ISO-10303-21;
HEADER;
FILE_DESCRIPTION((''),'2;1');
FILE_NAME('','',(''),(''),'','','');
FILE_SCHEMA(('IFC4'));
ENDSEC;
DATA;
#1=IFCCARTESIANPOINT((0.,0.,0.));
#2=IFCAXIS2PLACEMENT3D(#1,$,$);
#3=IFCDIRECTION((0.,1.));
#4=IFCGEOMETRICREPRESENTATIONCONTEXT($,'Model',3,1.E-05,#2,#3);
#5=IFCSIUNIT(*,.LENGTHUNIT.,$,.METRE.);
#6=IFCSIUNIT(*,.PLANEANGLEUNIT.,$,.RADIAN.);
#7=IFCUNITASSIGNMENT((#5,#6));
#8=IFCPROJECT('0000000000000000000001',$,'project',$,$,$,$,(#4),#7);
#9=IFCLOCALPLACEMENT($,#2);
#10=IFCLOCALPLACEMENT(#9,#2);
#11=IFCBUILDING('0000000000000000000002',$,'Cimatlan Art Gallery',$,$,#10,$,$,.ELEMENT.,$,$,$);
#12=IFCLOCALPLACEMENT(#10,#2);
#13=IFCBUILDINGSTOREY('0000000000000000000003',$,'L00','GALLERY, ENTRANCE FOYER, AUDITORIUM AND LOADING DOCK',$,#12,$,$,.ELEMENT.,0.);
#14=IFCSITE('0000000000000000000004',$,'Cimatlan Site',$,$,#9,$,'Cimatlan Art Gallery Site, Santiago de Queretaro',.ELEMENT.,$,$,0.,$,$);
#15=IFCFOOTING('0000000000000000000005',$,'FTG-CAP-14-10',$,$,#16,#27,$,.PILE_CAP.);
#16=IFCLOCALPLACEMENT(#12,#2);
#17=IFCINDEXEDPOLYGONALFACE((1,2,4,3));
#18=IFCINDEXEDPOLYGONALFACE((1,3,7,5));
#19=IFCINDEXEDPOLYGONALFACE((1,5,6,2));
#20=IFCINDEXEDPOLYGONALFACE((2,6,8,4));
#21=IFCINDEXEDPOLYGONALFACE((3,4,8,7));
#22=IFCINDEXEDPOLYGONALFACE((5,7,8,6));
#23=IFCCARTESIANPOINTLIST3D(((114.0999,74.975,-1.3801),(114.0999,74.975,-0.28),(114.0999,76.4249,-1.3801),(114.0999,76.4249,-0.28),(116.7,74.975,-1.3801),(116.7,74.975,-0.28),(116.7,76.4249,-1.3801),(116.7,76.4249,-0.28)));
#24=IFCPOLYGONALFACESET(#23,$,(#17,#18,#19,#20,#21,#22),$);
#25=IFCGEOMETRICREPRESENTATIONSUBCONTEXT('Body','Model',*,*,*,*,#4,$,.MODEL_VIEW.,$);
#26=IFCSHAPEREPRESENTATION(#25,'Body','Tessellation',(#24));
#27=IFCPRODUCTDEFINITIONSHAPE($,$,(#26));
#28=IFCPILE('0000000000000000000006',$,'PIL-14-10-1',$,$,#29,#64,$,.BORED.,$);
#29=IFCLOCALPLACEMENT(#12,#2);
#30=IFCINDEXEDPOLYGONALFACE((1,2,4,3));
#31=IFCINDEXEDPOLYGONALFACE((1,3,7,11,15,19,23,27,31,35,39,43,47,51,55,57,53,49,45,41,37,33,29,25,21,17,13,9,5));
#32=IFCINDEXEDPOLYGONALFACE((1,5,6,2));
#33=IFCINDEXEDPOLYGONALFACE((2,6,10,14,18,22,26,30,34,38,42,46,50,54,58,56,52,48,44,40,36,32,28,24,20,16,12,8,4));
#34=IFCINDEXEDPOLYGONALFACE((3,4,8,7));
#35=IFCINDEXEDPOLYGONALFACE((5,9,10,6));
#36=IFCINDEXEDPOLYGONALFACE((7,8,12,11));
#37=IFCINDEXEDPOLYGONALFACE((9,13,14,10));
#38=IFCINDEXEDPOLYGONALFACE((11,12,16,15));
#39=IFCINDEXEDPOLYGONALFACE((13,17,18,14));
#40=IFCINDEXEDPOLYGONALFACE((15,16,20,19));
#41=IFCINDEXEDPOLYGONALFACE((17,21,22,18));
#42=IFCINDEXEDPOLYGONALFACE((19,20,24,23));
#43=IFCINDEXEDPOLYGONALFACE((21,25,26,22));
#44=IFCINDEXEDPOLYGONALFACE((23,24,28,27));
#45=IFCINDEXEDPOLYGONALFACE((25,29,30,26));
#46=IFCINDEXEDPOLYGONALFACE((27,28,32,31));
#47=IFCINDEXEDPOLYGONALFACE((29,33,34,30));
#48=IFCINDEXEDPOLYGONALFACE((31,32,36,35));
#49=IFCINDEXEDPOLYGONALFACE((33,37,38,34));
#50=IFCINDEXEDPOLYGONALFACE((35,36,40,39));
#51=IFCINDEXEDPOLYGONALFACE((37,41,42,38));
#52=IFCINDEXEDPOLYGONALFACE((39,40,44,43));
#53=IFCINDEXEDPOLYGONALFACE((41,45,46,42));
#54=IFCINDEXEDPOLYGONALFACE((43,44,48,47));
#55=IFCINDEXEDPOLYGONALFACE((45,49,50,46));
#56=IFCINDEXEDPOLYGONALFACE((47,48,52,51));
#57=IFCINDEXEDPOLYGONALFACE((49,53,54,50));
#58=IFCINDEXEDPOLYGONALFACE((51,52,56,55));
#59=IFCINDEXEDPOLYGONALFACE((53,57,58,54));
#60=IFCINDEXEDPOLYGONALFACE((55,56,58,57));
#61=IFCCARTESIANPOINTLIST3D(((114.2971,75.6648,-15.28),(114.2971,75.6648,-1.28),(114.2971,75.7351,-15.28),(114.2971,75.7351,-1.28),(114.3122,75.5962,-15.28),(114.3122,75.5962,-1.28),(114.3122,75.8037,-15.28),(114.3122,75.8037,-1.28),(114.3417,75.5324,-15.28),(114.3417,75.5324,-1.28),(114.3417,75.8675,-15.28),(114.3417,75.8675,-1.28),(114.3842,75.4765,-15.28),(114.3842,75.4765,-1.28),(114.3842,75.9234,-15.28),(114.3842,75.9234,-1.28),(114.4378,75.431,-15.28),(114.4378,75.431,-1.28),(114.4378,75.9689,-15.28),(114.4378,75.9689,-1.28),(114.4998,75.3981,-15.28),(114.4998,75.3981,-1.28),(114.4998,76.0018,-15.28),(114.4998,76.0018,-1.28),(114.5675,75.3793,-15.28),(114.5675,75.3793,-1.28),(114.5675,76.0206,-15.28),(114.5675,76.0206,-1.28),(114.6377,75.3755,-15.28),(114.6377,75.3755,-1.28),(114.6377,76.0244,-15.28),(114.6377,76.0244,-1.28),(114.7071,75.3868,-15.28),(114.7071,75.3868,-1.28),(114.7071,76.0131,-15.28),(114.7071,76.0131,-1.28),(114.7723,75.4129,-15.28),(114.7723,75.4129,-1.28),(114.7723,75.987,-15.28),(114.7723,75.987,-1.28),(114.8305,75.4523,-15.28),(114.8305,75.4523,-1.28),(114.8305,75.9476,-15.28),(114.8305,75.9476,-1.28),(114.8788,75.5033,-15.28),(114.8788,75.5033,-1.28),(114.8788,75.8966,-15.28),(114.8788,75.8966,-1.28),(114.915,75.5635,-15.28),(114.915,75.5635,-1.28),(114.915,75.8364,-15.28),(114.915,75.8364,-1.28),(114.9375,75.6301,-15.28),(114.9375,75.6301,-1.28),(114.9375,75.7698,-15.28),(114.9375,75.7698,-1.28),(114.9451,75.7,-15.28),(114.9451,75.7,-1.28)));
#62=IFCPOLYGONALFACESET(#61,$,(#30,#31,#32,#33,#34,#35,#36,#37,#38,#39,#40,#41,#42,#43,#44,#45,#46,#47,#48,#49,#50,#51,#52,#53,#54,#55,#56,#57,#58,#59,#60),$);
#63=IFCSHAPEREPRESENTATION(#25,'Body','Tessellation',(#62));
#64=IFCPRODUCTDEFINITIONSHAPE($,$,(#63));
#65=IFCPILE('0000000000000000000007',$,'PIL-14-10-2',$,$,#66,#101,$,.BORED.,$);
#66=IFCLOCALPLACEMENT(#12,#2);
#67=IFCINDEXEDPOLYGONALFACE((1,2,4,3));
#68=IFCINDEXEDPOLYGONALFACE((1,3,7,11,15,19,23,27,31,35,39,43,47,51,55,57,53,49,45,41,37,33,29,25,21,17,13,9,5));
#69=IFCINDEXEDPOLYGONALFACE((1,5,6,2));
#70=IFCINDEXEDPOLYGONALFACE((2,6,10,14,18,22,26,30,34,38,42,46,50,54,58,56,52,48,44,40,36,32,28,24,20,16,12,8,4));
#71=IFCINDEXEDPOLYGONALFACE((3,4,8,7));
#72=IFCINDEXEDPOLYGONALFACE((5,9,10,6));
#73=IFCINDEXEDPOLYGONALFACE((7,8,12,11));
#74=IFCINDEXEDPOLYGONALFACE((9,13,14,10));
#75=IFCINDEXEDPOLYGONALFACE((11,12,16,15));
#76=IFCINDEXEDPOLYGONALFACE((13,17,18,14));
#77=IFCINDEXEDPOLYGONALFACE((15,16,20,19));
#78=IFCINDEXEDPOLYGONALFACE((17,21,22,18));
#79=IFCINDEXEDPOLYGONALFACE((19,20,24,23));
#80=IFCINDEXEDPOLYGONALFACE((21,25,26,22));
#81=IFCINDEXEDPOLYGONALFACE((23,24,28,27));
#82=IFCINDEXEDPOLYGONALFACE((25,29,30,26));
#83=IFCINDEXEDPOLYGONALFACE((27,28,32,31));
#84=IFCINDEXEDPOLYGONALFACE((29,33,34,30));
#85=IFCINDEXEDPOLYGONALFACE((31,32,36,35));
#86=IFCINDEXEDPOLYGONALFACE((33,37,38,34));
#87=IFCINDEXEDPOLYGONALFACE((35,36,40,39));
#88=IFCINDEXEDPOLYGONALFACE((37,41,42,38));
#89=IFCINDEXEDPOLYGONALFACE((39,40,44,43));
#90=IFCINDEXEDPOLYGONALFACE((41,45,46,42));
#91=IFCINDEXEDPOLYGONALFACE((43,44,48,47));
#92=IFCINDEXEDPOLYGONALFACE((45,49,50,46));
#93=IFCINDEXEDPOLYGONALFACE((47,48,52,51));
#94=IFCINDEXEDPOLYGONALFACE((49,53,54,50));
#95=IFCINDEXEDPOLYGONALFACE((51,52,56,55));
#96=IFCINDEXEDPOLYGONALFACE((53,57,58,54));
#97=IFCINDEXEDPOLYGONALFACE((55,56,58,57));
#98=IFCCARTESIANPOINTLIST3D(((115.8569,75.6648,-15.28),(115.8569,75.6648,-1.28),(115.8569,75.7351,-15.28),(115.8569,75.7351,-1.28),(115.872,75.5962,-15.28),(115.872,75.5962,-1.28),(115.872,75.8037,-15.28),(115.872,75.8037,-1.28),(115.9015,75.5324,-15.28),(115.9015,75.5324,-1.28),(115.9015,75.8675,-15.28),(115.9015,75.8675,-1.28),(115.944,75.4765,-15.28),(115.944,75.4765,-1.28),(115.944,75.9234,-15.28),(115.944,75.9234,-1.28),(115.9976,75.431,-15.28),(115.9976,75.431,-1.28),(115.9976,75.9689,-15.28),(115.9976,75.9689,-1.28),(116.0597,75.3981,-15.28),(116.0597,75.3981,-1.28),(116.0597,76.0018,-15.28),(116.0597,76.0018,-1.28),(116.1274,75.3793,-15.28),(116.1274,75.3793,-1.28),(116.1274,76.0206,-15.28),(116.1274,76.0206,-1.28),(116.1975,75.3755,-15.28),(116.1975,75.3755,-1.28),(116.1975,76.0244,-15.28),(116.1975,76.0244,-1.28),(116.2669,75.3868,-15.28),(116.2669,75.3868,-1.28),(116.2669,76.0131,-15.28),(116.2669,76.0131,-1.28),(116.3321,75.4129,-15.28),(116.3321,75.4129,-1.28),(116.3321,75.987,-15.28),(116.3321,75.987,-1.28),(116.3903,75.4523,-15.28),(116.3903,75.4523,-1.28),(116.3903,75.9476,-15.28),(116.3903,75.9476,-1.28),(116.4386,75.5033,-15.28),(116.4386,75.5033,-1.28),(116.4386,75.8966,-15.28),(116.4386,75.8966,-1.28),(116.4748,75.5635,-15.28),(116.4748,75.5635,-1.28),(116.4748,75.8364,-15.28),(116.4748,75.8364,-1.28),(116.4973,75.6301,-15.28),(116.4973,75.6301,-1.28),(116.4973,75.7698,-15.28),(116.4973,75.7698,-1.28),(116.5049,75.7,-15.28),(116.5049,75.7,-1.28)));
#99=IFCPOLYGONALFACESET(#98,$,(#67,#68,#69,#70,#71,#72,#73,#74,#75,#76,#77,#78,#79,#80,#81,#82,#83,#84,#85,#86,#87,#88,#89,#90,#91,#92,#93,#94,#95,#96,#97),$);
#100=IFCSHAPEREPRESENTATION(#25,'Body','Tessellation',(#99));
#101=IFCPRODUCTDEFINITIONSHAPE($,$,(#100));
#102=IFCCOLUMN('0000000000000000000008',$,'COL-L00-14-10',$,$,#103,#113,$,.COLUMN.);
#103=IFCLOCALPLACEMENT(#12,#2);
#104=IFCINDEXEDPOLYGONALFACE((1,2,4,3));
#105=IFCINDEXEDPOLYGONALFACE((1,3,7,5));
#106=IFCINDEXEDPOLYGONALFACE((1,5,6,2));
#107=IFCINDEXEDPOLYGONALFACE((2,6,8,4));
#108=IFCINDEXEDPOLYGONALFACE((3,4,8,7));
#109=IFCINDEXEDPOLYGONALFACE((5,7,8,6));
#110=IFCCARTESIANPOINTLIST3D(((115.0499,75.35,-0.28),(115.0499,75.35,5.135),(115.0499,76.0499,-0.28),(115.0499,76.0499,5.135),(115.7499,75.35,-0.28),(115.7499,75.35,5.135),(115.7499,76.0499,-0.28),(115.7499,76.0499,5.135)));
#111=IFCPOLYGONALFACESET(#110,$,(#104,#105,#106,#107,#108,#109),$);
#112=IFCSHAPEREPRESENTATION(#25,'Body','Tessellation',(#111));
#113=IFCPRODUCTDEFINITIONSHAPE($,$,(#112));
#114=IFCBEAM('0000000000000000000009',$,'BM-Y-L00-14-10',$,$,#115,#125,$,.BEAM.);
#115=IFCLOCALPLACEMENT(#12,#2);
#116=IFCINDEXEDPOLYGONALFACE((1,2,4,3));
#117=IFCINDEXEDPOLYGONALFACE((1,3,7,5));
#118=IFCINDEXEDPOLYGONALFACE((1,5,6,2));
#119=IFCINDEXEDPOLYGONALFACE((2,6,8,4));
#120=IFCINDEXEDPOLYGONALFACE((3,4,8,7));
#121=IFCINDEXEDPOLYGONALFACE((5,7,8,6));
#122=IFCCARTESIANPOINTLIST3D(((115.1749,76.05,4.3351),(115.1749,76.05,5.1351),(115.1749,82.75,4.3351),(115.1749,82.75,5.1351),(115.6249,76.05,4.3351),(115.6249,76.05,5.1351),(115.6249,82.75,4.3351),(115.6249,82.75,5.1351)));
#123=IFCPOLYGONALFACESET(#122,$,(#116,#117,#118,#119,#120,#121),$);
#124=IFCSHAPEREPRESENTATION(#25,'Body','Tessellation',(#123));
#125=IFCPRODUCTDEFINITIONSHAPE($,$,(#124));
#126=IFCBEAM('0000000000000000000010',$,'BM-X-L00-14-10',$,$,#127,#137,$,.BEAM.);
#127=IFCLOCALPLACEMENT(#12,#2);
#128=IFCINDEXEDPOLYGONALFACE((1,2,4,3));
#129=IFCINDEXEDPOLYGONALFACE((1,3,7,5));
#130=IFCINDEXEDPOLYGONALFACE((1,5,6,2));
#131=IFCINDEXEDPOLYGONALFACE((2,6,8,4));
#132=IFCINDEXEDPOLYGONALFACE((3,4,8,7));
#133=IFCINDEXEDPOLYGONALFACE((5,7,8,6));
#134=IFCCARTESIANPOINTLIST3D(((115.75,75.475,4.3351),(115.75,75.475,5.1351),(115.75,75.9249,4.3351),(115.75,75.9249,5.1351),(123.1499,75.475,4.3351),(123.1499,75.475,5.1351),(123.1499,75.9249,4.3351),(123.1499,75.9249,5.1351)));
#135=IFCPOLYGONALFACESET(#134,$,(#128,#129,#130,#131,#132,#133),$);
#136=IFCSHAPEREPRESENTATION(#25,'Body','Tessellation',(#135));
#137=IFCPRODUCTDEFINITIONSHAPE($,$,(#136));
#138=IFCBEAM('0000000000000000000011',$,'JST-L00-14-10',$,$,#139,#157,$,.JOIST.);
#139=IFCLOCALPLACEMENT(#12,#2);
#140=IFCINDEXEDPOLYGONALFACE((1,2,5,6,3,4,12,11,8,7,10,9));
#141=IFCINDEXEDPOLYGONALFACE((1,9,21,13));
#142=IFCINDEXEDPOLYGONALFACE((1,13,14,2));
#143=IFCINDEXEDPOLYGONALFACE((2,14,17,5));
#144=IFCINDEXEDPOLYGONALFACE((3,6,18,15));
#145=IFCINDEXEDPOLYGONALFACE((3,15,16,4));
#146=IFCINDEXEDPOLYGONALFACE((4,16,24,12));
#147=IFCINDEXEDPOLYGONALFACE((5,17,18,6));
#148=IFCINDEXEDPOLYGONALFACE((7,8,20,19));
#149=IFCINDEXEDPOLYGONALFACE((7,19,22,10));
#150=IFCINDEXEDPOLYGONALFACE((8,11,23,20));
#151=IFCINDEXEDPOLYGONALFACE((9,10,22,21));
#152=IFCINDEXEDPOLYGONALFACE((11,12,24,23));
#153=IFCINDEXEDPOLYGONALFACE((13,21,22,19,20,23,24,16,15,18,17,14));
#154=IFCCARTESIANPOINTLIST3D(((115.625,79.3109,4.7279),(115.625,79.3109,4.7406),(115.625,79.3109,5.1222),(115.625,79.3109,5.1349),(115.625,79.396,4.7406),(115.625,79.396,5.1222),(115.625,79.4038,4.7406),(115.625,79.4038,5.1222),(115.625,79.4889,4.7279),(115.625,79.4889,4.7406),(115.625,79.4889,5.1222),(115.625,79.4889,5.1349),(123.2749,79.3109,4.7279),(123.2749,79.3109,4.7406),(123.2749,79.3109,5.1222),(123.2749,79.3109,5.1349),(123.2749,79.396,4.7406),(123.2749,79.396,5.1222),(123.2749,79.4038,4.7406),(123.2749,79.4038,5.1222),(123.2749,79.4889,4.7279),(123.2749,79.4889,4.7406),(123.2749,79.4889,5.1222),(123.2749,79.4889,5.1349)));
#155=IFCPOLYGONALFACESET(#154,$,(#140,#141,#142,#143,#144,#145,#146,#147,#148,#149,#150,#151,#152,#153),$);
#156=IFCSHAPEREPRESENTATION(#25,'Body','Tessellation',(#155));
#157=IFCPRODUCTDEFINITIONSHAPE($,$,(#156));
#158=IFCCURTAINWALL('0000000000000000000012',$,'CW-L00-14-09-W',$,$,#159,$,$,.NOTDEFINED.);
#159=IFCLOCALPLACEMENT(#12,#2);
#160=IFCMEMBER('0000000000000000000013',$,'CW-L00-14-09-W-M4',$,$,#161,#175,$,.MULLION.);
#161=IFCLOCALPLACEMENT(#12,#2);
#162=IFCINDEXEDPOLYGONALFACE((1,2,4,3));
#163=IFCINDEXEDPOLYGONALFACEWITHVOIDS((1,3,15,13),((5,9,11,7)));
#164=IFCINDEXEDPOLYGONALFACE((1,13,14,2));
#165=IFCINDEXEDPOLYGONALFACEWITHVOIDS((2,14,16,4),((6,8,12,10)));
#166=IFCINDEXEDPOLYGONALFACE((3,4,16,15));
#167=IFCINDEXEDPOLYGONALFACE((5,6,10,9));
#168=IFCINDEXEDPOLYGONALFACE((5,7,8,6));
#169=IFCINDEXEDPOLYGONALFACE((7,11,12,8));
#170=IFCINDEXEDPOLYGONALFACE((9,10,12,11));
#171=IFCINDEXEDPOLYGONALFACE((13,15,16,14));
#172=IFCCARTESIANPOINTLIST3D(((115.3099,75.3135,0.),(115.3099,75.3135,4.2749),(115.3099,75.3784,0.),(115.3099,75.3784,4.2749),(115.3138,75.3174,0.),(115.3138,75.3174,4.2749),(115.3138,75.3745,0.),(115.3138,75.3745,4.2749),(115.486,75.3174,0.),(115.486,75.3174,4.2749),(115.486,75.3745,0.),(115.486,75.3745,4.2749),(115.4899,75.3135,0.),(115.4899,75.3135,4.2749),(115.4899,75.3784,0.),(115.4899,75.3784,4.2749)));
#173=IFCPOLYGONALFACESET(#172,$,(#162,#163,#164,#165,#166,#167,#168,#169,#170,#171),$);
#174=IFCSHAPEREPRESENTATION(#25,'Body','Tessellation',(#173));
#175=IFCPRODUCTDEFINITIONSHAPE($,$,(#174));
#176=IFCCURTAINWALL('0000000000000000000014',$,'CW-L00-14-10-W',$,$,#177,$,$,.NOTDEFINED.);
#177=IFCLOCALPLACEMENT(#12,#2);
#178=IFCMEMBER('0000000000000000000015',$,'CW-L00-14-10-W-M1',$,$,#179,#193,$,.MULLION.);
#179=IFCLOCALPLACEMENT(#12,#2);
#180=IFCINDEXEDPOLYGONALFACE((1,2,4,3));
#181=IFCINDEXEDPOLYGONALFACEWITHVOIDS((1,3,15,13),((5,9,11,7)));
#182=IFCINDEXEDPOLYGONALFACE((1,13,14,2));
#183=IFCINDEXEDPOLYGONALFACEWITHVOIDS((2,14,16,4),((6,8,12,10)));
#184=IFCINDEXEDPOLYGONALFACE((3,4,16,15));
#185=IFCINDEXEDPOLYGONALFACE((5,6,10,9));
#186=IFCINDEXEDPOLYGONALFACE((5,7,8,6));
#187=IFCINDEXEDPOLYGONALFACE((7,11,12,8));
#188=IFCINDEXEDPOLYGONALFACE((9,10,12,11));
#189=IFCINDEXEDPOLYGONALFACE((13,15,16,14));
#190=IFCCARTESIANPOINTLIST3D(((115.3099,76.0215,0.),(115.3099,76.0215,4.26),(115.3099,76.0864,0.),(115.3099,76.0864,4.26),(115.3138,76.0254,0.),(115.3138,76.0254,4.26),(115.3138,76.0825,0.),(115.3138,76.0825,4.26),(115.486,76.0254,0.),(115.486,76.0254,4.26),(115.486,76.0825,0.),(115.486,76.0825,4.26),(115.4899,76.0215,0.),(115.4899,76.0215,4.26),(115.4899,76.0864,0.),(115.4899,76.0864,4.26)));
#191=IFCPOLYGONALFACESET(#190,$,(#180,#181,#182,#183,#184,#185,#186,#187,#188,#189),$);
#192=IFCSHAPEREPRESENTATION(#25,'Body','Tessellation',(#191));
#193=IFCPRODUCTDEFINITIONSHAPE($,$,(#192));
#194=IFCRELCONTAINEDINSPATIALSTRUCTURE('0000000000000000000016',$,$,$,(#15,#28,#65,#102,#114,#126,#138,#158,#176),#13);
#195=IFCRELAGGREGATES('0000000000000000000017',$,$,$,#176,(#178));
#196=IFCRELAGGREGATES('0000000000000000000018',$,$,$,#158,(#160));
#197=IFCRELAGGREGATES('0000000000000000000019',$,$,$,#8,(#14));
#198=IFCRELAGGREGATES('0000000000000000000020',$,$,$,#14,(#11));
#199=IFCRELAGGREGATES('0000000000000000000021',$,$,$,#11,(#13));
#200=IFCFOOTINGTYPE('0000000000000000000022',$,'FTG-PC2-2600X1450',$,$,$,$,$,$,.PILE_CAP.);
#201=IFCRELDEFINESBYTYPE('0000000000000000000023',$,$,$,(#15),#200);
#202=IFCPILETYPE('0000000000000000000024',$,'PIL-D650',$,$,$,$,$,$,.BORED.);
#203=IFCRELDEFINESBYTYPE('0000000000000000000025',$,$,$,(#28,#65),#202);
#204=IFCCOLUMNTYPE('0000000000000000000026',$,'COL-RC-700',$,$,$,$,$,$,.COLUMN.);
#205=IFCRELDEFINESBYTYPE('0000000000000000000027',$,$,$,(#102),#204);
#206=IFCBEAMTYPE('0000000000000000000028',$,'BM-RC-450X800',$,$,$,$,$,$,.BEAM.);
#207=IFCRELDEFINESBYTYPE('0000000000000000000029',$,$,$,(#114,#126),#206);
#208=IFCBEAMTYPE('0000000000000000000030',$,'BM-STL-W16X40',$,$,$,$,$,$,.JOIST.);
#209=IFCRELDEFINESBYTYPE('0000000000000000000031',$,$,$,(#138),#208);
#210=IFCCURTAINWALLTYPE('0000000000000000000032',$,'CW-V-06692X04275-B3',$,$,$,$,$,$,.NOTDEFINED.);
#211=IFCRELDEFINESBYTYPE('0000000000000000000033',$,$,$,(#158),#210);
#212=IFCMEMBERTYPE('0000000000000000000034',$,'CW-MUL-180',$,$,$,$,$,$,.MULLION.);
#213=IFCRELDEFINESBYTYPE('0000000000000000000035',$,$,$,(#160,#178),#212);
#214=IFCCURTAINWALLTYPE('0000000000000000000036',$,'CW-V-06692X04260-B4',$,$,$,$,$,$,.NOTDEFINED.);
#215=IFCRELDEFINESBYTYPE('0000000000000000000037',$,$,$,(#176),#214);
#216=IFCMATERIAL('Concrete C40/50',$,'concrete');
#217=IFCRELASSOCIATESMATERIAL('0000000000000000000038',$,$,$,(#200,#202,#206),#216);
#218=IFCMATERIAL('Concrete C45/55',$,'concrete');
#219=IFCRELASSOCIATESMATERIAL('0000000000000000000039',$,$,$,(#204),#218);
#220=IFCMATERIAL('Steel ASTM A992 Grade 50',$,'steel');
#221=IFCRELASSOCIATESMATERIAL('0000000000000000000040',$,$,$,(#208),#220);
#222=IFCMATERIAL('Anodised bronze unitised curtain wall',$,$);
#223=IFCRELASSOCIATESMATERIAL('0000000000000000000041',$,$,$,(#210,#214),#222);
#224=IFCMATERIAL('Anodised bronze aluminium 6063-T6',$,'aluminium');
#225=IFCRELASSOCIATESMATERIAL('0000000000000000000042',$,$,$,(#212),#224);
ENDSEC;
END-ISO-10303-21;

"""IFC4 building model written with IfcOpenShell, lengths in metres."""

from ifc_helpers import new_model, si_unit, direction, frame, origin, origin_2d, place, context, subcontext, project, spatial, rectangle, hollow_rectangle, circle, i_section, extrude, material, material_profile, profile_set, type_object, element, aggregate, save


model = new_model("IFC4")

# Units and contexts
model_context = context("Model", 3, precision=1e-05, world=origin(), true_north=direction((0.0, 1.0)))
body_context = subcontext(model_context, "Body", "Model", "MODEL_VIEW")
ifc_project = project(units=[si_unit("LENGTHUNIT", "METRE"), si_unit("PLANEANGLEUNIT", "RADIAN")], contexts=[model_context])

# Site, building, storey
site_placement = place(None, origin())
site = spatial("IfcSite", under=ifc_project, at=site_placement, Name="Cimatlan Site", LongName="Cimatlan Art Gallery Site, Santiago de Queretaro", CompositionType="ELEMENT", RefElevation=0.0)
building_placement = place(site_placement, origin())
building = spatial("IfcBuilding", under=site, at=building_placement, Name="Cimatlan Art Gallery", CompositionType="ELEMENT")
storey_placement = place(building_placement, origin())
storey = spatial("IfcBuildingStorey", under=building, at=storey_placement, Name="L00", Description="GALLERY, ENTRANCE FOYER, AUDITORIUM AND LOADING DOCK", CompositionType="ELEMENT", Elevation=0.0)

# Footing
ifc_material_1 = material(Name="Concrete C40/50", Category="concrete")
footing_type = type_object("IfcFootingType", Name="FTG-PC2-2600X1450", PredefinedType="PILE_CAP", material=ifc_material_1)
footing_placement = place(storey_placement, frame((115.3999, 75.7, -1.3801), z_axis=(0.0, 0.0, 1.0), x_axis=(1.0, 0.0, 0.0)))
element("IfcFooting", 1, at=footing_placement, inside=storey, type_object=footing_type, Name="FTG-CAP-14-10", PredefinedType="PILE_CAP", context=body_context, shape_type="SweptSolid", body=[
    extrude(rectangle(XDim=2.6001, YDim=1.45, at=origin_2d()), origin(), (0.0, 0.0, 1.0), 1.1001),
])

# Piles
pile_type = type_object("IfcPileType", Name="PIL-D650", PredefinedType="BORED", material=ifc_material_1)
for number, where, z_axis, x_axis, name in (
    (2, (114.6201, 75.7, -1.28), (0.0, 0.0, -1.0), (1.0, 0.0, 0.0), "PIL-14-10-1"),
    (3, (116.1799, 75.7, -1.28), (0.0, 0.0, -1.0), (1.0, 0.0, 0.0), "PIL-14-10-2"),
):
    element("IfcPile", number, at=place(storey_placement, frame(where, z_axis=z_axis, x_axis=x_axis)), inside=storey, type_object=pile_type, Name=name, PredefinedType="BORED", context=body_context, shape_type="SweptSolid", body=[
        extrude(circle(Radius=0.325, at=origin_2d()), origin(), (0.0, 0.0, 1.0), 14.0),
    ])

# Column
ifc_material_2 = material(Name="Concrete C45/55", Category="concrete")
ifc_material_profile_1 = material_profile(ifc_material_2, rectangle(XDim=0.7, YDim=0.7, at=origin_2d()), Name="RC700X700")
ifc_profile_set_1 = profile_set([ifc_material_profile_1], Name="Concrete C45/55")
column_type = type_object("IfcColumnType", Name="COL-RC-700", PredefinedType="COLUMN", material=ifc_profile_set_1)
column_placement = place(storey_placement, frame((115.3999, 75.7, -0.28), z_axis=(0.0, 0.0, 1.0), x_axis=(1.0, 0.0, 0.0)))
element("IfcColumn", 4, at=column_placement, inside=storey, type_object=column_type, Name="COL-L00-14-10", PredefinedType="COLUMN", context=body_context, shape_type="SweptSolid", body=[
    extrude(rectangle(XDim=0.7, YDim=0.7, at=origin_2d()), origin(), (0.0, 0.0, 1.0), 5.415),
])

# Beams
ifc_material_profile_2 = material_profile(ifc_material_1, rectangle(XDim=0.45, YDim=0.8, at=origin_2d()), Name="RC450X800")
ifc_profile_set_2 = profile_set([ifc_material_profile_2], Name="Concrete C40/50")
beam_type_1 = type_object("IfcBeamType", Name="BM-RC-450X800", PredefinedType="BEAM", material=ifc_profile_set_2)
beam_1_placement = place(storey_placement, frame((115.3999, 76.05, 4.7351), z_axis=(0.0, 1.0, 0.0), x_axis=(-1.0, 0.0, 0.0)))
element("IfcBeam", 5, at=beam_1_placement, inside=storey, type_object=beam_type_1, Name="BM-Y-L00-14-10", PredefinedType="BEAM", context=body_context, shape_type="SweptSolid", body=[
    extrude(rectangle(XDim=0.45, YDim=0.8, at=origin_2d()), origin(), (0.0, 0.0, 1.0), 6.7),
])
beam_2_placement = place(storey_placement, frame((115.75, 75.7, 4.7351), z_axis=(1.0, 0.0, 0.0), x_axis=(0.0, 1.0, 0.0)))
element("IfcBeam", 6, at=beam_2_placement, inside=storey, type_object=beam_type_1, Name="BM-X-L00-14-10", PredefinedType="BEAM", context=body_context, shape_type="SweptSolid", body=[
    extrude(rectangle(XDim=0.45, YDim=0.8, at=origin_2d()), origin(), (0.0, 0.0, 1.0), 7.3999),
])
ifc_material_3 = material(Name="Steel ASTM A992 Grade 50", Category="steel")
ifc_material_profile_3 = material_profile(ifc_material_3, i_section(OverallWidth=0.178, OverallDepth=0.407, WebThickness=0.0078, FlangeThickness=0.0127, at=origin_2d()), Name="W16X40")
ifc_profile_set_3 = profile_set([ifc_material_profile_3], Name="Steel ASTM A992 Grade 50")
beam_type_2 = type_object("IfcBeamType", Name="BM-STL-W16X40", PredefinedType="JOIST", material=ifc_profile_set_3)
beam_3_placement = place(storey_placement, frame((115.625, 79.3999, 4.9314), z_axis=(1.0, 0.0, 0.0), x_axis=(0.0, 1.0, 0.0)))
element("IfcBeam", 7, at=beam_3_placement, inside=storey, type_object=beam_type_2, Name="JST-L00-14-10", PredefinedType="JOIST", context=body_context, shape_type="SweptSolid", body=[
    extrude(i_section(OverallWidth=0.178, OverallDepth=0.407, WebThickness=0.0078, FlangeThickness=0.0127, at=origin_2d()), origin(), (0.0, 0.0, 1.0), 7.6499),
])

# Curtain wall, member
ifc_material_4 = material(Name="Anodised bronze unitised curtain wall")
curtain_wall_type_1 = type_object("IfcCurtainWallType", Name="CW-V-06692X04275-B3", PredefinedType="NOTDEFINED", material=ifc_material_4)
curtain_wall_1_placement = place(storey_placement, origin())
curtain_wall_1 = element("IfcCurtainWall", 8, at=curtain_wall_1_placement, inside=storey, type_object=curtain_wall_type_1, Name="CW-L00-14-09-W", PredefinedType="NOTDEFINED")
ifc_material_5 = material(Name="Anodised bronze aluminium 6063-T6", Category="aluminium")
ifc_material_profile_4 = material_profile(ifc_material_5, hollow_rectangle(XDim=0.0649, YDim=0.1799, WallThickness=0.0039, at=origin_2d()), Name="ALU65X180X4")
ifc_profile_set_4 = profile_set([ifc_material_profile_4], Name="Anodised bronze aluminium 6063-T6")
member_type_1 = type_object("IfcMemberType", Name="CW-MUL-180", PredefinedType="MULLION", material=ifc_profile_set_4)
member_1_placement = place(storey_placement, frame((115.3999, 75.3459, 0.0), z_axis=(0.0, 0.0, 1.0), x_axis=(0.0, 1.0, 0.0)))
member_1 = element("IfcMember", 9, at=member_1_placement, type_object=member_type_1, Name="CW-L00-14-09-W-M4", PredefinedType="MULLION", context=body_context, shape_type="SweptSolid", body=[
    extrude(hollow_rectangle(XDim=0.0649, YDim=0.1799, WallThickness=0.0039, at=origin_2d()), origin(), (0.0, 0.0, 1.0), 4.2749),
])

# Curtain wall, member
curtain_wall_type_2 = type_object("IfcCurtainWallType", Name="CW-V-06692X04260-B4", PredefinedType="NOTDEFINED", material=ifc_material_4)
curtain_wall_2_placement = place(storey_placement, origin())
curtain_wall_2 = element("IfcCurtainWall", 10, at=curtain_wall_2_placement, inside=storey, type_object=curtain_wall_type_2, Name="CW-L00-14-10-W", PredefinedType="NOTDEFINED")
member_2_placement = place(storey_placement, frame((115.3999, 76.054, 0.0), z_axis=(0.0, 0.0, 1.0), x_axis=(0.0, 1.0, 0.0)))
member_2 = element("IfcMember", 11, at=member_2_placement, type_object=member_type_1, Name="CW-L00-14-10-W-M1", PredefinedType="MULLION", context=body_context, shape_type="SweptSolid", body=[
    extrude(hollow_rectangle(XDim=0.0649, YDim=0.1799, WallThickness=0.0039, at=origin_2d()), origin(), (0.0, 0.0, 1.0), 4.26),
])
aggregate(curtain_wall_2, [member_2])

aggregate(curtain_wall_1, [member_1])

save(model, "model.ifc")
